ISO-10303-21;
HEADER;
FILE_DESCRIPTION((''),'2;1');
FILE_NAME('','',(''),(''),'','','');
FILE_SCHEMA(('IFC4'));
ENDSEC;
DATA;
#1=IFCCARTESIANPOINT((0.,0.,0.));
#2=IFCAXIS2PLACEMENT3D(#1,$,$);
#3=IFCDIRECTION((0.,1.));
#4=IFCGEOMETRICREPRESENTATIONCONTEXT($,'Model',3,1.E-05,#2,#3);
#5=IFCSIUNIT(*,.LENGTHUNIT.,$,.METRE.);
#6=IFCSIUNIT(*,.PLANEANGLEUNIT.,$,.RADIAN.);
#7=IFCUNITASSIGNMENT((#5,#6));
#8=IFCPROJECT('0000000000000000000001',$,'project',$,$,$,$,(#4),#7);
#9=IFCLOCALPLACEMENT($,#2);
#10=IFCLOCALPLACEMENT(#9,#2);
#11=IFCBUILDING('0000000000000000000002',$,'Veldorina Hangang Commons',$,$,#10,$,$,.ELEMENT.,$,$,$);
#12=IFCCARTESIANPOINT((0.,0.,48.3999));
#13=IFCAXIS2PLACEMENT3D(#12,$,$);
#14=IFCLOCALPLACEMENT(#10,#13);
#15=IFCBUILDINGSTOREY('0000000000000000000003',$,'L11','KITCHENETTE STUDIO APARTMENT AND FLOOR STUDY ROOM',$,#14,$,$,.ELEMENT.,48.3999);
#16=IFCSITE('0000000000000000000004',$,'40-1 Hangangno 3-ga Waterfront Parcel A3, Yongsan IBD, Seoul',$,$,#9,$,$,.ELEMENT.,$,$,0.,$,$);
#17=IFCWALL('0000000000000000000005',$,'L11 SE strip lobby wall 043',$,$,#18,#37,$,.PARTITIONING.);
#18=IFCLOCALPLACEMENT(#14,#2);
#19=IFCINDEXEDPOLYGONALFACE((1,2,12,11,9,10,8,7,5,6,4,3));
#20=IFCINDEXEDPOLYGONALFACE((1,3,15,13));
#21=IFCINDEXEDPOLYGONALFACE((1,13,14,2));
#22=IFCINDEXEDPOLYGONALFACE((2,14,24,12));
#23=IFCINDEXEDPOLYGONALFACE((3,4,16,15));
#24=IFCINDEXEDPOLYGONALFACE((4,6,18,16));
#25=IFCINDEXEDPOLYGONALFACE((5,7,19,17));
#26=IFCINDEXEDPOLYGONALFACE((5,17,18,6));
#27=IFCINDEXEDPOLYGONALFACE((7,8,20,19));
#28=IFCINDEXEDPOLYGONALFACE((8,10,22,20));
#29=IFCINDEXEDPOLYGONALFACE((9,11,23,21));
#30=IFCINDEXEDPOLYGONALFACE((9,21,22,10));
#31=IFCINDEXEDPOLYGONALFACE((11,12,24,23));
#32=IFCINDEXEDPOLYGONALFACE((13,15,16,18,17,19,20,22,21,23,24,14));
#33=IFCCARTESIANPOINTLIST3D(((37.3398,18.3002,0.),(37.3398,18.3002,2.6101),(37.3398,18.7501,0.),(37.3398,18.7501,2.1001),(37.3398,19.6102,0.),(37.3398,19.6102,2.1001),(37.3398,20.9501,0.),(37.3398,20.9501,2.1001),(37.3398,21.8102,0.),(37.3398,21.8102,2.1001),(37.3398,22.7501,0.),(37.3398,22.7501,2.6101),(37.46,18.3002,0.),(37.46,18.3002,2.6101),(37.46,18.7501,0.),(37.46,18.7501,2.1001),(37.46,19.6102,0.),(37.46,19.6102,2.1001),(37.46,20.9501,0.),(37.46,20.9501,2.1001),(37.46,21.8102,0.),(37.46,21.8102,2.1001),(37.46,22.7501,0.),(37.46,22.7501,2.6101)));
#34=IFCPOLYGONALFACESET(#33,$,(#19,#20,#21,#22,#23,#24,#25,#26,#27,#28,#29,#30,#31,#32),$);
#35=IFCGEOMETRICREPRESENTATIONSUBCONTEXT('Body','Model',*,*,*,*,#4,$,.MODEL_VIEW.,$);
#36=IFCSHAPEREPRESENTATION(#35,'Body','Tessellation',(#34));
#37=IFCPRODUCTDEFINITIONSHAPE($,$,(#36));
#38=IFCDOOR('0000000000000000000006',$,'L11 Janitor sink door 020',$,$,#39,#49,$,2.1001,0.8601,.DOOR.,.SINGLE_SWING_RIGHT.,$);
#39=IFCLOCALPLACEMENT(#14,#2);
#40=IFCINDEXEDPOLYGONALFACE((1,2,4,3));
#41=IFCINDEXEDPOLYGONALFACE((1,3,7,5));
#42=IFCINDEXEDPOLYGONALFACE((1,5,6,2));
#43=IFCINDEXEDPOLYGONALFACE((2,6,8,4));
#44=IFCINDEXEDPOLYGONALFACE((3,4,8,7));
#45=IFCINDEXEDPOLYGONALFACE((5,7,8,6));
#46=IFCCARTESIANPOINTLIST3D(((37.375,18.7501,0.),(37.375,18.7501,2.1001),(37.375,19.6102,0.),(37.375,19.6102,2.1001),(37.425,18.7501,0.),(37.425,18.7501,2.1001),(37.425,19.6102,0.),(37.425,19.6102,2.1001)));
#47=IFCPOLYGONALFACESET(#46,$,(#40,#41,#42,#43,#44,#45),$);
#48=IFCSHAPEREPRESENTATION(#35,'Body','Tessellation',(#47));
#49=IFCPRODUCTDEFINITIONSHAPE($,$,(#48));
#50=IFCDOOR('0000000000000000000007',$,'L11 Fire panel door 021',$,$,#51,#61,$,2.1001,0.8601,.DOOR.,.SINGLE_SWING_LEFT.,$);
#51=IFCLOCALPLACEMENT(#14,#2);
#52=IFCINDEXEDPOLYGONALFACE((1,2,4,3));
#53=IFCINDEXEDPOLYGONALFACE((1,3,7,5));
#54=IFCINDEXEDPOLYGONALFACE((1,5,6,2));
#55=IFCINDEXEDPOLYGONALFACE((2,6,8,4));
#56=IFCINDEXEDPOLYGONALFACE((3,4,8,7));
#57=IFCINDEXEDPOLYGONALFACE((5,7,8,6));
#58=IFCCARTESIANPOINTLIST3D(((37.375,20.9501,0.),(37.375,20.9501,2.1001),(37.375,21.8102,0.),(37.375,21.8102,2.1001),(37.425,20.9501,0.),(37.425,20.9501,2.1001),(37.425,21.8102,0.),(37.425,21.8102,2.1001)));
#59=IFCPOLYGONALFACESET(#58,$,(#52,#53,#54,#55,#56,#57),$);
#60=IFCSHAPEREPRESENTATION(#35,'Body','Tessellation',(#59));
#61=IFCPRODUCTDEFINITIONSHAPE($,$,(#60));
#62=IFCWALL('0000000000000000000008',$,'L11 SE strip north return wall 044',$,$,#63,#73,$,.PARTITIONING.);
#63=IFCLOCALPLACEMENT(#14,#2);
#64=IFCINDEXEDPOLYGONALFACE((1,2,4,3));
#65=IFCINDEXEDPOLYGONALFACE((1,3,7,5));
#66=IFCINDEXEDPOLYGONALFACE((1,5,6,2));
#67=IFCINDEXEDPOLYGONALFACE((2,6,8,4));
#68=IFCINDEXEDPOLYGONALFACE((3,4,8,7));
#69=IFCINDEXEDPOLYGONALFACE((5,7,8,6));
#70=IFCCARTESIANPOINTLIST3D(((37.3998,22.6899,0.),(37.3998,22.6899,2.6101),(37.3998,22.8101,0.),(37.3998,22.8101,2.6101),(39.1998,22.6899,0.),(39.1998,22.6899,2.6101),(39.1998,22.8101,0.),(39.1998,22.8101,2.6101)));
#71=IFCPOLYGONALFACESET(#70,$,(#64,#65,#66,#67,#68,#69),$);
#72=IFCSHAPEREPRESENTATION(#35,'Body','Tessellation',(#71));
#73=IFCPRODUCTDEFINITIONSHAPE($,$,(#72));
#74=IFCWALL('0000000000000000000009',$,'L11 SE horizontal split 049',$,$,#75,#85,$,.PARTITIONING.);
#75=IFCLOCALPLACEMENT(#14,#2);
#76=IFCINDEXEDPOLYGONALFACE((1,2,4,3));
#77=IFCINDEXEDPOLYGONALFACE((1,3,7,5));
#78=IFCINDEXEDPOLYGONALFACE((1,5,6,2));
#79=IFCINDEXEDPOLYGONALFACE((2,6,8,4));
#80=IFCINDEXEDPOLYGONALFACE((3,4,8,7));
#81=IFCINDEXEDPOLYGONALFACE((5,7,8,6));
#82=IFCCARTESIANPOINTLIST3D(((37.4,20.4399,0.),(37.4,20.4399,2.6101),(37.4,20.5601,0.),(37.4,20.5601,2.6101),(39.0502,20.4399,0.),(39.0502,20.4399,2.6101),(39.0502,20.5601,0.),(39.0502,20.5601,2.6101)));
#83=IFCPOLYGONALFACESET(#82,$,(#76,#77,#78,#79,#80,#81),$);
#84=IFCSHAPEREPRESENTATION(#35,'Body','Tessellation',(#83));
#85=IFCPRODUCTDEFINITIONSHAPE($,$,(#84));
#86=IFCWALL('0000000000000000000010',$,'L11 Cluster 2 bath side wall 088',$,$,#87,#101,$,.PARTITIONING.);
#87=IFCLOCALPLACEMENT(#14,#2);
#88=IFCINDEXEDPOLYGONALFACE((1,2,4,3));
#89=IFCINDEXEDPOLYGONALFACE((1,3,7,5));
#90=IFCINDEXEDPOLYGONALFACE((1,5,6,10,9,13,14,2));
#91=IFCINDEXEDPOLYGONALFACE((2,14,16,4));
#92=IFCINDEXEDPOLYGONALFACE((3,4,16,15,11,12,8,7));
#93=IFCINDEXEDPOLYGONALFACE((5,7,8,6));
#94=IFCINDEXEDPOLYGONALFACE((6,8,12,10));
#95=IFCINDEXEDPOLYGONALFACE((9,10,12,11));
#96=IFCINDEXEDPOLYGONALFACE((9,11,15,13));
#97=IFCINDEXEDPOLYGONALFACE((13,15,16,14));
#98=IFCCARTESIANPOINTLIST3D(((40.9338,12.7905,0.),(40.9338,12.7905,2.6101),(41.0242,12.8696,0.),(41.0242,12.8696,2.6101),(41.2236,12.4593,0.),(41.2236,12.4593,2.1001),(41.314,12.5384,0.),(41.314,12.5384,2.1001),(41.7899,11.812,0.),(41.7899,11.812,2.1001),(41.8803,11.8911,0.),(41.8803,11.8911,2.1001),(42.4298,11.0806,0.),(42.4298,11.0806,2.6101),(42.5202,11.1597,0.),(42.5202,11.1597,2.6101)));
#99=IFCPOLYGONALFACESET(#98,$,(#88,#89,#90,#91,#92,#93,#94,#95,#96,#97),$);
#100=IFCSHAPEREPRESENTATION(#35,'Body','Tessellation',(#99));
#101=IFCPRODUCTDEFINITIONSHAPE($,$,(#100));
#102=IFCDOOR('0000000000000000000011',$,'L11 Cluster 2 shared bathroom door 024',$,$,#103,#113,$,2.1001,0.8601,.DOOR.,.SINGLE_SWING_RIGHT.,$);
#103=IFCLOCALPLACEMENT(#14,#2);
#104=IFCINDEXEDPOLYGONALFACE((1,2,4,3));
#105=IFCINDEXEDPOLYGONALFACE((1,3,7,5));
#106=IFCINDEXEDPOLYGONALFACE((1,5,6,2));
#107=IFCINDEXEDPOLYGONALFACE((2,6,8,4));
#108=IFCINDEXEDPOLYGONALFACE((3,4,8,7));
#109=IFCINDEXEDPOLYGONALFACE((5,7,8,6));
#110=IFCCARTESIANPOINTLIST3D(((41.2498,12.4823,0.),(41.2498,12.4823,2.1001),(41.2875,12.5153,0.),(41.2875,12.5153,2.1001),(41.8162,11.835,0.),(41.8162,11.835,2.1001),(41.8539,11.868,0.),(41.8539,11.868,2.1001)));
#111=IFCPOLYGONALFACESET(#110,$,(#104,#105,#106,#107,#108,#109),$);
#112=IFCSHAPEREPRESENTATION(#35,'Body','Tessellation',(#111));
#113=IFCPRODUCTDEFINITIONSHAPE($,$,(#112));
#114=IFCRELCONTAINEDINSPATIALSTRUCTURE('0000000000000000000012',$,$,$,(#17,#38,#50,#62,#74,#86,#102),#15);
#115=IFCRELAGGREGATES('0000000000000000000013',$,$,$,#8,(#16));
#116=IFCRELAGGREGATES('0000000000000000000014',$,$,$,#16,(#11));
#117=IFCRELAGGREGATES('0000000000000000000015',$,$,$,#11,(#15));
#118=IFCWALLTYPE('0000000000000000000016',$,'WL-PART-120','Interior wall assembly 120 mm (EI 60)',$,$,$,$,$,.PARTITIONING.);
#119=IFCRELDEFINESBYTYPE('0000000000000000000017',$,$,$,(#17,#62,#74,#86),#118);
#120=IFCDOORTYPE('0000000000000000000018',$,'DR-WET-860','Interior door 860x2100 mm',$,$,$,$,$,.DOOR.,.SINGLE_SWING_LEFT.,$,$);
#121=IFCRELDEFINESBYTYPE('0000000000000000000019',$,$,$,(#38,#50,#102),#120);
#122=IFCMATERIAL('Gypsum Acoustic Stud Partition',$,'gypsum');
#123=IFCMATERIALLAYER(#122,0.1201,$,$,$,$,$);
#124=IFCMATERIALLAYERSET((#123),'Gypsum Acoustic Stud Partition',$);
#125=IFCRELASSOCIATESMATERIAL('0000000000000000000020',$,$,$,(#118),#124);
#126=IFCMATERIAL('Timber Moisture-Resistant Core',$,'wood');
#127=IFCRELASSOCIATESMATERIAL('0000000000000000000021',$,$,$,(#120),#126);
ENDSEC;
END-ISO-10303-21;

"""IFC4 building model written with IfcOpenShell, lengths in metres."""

from ifc_helpers import new_model, si_unit, direction, frame, frame_2d, origin, place, context, subcontext, project, spatial, rectangle, extrude, material, layer, layer_set, type_object, element, fill, save


model = new_model("IFC4")

# Units and contexts
model_context = context("Model", 3, precision=1e-05, world=origin(), true_north=direction((0.0, 1.0)))
body_context = subcontext(model_context, "Body", "Model", "MODEL_VIEW")
ifc_project = project(units=[si_unit("LENGTHUNIT", "METRE"), si_unit("PLANEANGLEUNIT", "RADIAN")], contexts=[model_context])

# Site, building, storey
site_placement = place(None, origin())
site = spatial("IfcSite", under=ifc_project, at=site_placement, Name="40-1 Hangangno 3-ga Waterfront Parcel A3, Yongsan IBD, Seoul", CompositionType="ELEMENT", RefElevation=0.0)
building_placement = place(site_placement, origin())
building = spatial("IfcBuilding", under=site, at=building_placement, Name="Veldorina Hangang Commons", CompositionType="ELEMENT")
storey_placement = place(building_placement, frame((0.0, 0.0, 48.3999)))
storey = spatial("IfcBuildingStorey", under=building, at=storey_placement, Name="L11", Description="KITCHENETTE STUDIO APARTMENT AND FLOOR STUDY ROOM", CompositionType="ELEMENT", Elevation=48.3999)

# Wall, openings, doors
ifc_material_1 = material(Name="Gypsum Acoustic Stud Partition", Category="gypsum")
ifc_layer_1 = layer(ifc_material_1, 0.1201)
ifc_layer_set_1 = layer_set([ifc_layer_1], Name="Gypsum Acoustic Stud Partition")
wall_type_1 = type_object("IfcWallType", Name="WL-PART-120", Description="Interior wall assembly 120 mm (EI 60)", PredefinedType="PARTITIONING", material=ifc_layer_set_1)
wall_1_placement = place(storey_placement, frame((37.3999, 18.3, 0.0), z_axis=(0.0, 0.0, 1.0), x_axis=(0.0, 1.0, 0.0)))
wall_1 = element("IfcWall", 1, at=wall_1_placement, inside=storey, type_object=wall_type_1, Name="L11 SE strip lobby wall 043", PredefinedType="PARTITIONING", context=body_context, shape_type="SweptSolid", body=[
    extrude(rectangle(XDim=4.45, YDim=0.1201, at=frame_2d((2.2251, 0.0))), origin(), (0.0, 0.0, 1.0), 2.6101),
])
opening_1_placement = place(wall_1_placement, frame((0.45, 0.0, 0.0)))
opening_1 = element("IfcOpeningElement", 2, at=opening_1_placement, cuts=wall_1, PredefinedType="OPENING", context=body_context, shape_type="SweptSolid", body=[
    extrude(rectangle(XDim=0.8601, YDim=2.1001, at=frame_2d((0.4302, 1.05))), frame((0.0, 0.0701, 0.0), z_axis=(0.0, -1.0, 0.0), x_axis=(1.0, 0.0, 0.0)), (0.0, 0.0, 1.0), 0.1401),
])
opening_2_placement = place(wall_1_placement, frame((2.6499, 0.0, 0.0)))
opening_2 = element("IfcOpeningElement", 3, at=opening_2_placement, cuts=wall_1, PredefinedType="OPENING", context=body_context, shape_type="SweptSolid", body=[
    extrude(rectangle(XDim=0.8601, YDim=2.1001, at=frame_2d((0.4302, 1.05))), frame((0.0, 0.0701, 0.0), z_axis=(0.0, -1.0, 0.0), x_axis=(1.0, 0.0, 0.0)), (0.0, 0.0, 1.0), 0.1401),
])
ifc_material_2 = material(Name="Timber Moisture-Resistant Core", Category="wood")
door_type_1 = type_object("IfcDoorType", Name="DR-WET-860", Description="Interior door 860x2100 mm", OperationType="SINGLE_SWING_LEFT", PredefinedType="DOOR", material=ifc_material_2)
door_1_placement = place(opening_1_placement, origin())
door_1 = element("IfcDoor", 4, at=door_1_placement, inside=storey, type_object=door_type_1, Name="L11 Janitor sink door 020", OperationType="SINGLE_SWING_RIGHT", OverallHeight=2.1001, OverallWidth=0.8601, PredefinedType="DOOR", context=body_context, shape_type="SweptSolid", body=[
    extrude(rectangle(XDim=0.8601, YDim=2.1001, at=frame_2d((0.4302, 1.05))), frame((0.0, 0.0249, 0.0), z_axis=(0.0, -1.0, 0.0), x_axis=(1.0, 0.0, 0.0)), (0.0, 0.0, 1.0), 0.05),
])
fill(opening_1, door_1)
door_2_placement = place(opening_2_placement, origin())
door_2 = element("IfcDoor", 5, at=door_2_placement, inside=storey, type_object=door_type_1, Name="L11 Fire panel door 021", OperationType="SINGLE_SWING_LEFT", OverallHeight=2.1001, OverallWidth=0.8601, PredefinedType="DOOR", context=body_context, shape_type="SweptSolid", body=[
    extrude(rectangle(XDim=0.8601, YDim=2.1001, at=frame_2d((0.4302, 1.05))), frame((0.0, 0.0249, 0.0), z_axis=(0.0, -1.0, 0.0), x_axis=(1.0, 0.0, 0.0)), (0.0, 0.0, 1.0), 0.05),
])
fill(opening_2, door_2)

# Walls
wall_2_placement = place(storey_placement, frame((37.3999, 22.75, 0.0), z_axis=(0.0, 0.0, 1.0), x_axis=(1.0, 0.0, 0.0)))
element("IfcWall", 6, at=wall_2_placement, inside=storey, type_object=wall_type_1, Name="L11 SE strip north return wall 044", PredefinedType="PARTITIONING", context=body_context, shape_type="SweptSolid", body=[
    extrude(rectangle(XDim=1.8, YDim=0.1201, at=frame_2d((0.8999, 0.0))), origin(), (0.0, 0.0, 1.0), 2.6101),
])
wall_3_placement = place(storey_placement, frame((37.3999, 20.5, 0.0), z_axis=(0.0, 0.0, 1.0), x_axis=(1.0, 0.0, 0.0)))
element("IfcWall", 7, at=wall_3_placement, inside=storey, type_object=wall_type_1, Name="L11 SE horizontal split 049", PredefinedType="PARTITIONING", context=body_context, shape_type="SweptSolid", body=[
    extrude(rectangle(XDim=1.6501, YDim=0.1201, at=frame_2d((0.8252, 0.0))), origin(), (0.0, 0.0, 1.0), 2.6101),
])

# Wall, opening, door
wall_4_placement = place(storey_placement, frame((40.979, 12.8301, 0.0), z_axis=(0.0, 0.0, 1.0), x_axis=(0.658474, -0.752603, 0.0)))
wall_4 = element("IfcWall", 8, at=wall_4_placement, inside=storey, type_object=wall_type_1, Name="L11 Cluster 2 bath side wall 088", PredefinedType="PARTITIONING", context=body_context, shape_type="SweptSolid", body=[
    extrude(rectangle(XDim=2.272, YDim=0.1201, at=frame_2d((1.136, 0.0))), origin(), (0.0, 0.0, 1.0), 2.6101),
])
opening_3_placement = place(wall_4_placement, frame((0.4399, 0.0, 0.0)))
opening_3 = element("IfcOpeningElement", 9, at=opening_3_placement, cuts=wall_4, PredefinedType="OPENING", context=body_context, shape_type="SweptSolid", body=[
    extrude(rectangle(XDim=0.8601, YDim=2.1001, at=frame_2d((0.4302, 1.05))), frame((0.0, 0.0701, 0.0), z_axis=(0.0, -1.0, 0.0), x_axis=(1.0, 0.0, 0.0)), (0.0, 0.0, 1.0), 0.1401),
])
door_3_placement = place(opening_3_placement, origin())
door_3 = element("IfcDoor", 10, at=door_3_placement, inside=storey, type_object=door_type_1, Name="L11 Cluster 2 shared bathroom door 024", OperationType="SINGLE_SWING_RIGHT", OverallHeight=2.1001, OverallWidth=0.8601, PredefinedType="DOOR", context=body_context, shape_type="SweptSolid", body=[
    extrude(rectangle(XDim=0.8601, YDim=2.1001, at=frame_2d((0.4302, 1.05))), frame((0.0, 0.0249, 0.0), z_axis=(0.0, -1.0, 0.0), x_axis=(1.0, 0.0, 0.0)), (0.0, 0.0, 1.0), 0.05),
])
fill(opening_3, door_3)

save(model, "model.ifc")
